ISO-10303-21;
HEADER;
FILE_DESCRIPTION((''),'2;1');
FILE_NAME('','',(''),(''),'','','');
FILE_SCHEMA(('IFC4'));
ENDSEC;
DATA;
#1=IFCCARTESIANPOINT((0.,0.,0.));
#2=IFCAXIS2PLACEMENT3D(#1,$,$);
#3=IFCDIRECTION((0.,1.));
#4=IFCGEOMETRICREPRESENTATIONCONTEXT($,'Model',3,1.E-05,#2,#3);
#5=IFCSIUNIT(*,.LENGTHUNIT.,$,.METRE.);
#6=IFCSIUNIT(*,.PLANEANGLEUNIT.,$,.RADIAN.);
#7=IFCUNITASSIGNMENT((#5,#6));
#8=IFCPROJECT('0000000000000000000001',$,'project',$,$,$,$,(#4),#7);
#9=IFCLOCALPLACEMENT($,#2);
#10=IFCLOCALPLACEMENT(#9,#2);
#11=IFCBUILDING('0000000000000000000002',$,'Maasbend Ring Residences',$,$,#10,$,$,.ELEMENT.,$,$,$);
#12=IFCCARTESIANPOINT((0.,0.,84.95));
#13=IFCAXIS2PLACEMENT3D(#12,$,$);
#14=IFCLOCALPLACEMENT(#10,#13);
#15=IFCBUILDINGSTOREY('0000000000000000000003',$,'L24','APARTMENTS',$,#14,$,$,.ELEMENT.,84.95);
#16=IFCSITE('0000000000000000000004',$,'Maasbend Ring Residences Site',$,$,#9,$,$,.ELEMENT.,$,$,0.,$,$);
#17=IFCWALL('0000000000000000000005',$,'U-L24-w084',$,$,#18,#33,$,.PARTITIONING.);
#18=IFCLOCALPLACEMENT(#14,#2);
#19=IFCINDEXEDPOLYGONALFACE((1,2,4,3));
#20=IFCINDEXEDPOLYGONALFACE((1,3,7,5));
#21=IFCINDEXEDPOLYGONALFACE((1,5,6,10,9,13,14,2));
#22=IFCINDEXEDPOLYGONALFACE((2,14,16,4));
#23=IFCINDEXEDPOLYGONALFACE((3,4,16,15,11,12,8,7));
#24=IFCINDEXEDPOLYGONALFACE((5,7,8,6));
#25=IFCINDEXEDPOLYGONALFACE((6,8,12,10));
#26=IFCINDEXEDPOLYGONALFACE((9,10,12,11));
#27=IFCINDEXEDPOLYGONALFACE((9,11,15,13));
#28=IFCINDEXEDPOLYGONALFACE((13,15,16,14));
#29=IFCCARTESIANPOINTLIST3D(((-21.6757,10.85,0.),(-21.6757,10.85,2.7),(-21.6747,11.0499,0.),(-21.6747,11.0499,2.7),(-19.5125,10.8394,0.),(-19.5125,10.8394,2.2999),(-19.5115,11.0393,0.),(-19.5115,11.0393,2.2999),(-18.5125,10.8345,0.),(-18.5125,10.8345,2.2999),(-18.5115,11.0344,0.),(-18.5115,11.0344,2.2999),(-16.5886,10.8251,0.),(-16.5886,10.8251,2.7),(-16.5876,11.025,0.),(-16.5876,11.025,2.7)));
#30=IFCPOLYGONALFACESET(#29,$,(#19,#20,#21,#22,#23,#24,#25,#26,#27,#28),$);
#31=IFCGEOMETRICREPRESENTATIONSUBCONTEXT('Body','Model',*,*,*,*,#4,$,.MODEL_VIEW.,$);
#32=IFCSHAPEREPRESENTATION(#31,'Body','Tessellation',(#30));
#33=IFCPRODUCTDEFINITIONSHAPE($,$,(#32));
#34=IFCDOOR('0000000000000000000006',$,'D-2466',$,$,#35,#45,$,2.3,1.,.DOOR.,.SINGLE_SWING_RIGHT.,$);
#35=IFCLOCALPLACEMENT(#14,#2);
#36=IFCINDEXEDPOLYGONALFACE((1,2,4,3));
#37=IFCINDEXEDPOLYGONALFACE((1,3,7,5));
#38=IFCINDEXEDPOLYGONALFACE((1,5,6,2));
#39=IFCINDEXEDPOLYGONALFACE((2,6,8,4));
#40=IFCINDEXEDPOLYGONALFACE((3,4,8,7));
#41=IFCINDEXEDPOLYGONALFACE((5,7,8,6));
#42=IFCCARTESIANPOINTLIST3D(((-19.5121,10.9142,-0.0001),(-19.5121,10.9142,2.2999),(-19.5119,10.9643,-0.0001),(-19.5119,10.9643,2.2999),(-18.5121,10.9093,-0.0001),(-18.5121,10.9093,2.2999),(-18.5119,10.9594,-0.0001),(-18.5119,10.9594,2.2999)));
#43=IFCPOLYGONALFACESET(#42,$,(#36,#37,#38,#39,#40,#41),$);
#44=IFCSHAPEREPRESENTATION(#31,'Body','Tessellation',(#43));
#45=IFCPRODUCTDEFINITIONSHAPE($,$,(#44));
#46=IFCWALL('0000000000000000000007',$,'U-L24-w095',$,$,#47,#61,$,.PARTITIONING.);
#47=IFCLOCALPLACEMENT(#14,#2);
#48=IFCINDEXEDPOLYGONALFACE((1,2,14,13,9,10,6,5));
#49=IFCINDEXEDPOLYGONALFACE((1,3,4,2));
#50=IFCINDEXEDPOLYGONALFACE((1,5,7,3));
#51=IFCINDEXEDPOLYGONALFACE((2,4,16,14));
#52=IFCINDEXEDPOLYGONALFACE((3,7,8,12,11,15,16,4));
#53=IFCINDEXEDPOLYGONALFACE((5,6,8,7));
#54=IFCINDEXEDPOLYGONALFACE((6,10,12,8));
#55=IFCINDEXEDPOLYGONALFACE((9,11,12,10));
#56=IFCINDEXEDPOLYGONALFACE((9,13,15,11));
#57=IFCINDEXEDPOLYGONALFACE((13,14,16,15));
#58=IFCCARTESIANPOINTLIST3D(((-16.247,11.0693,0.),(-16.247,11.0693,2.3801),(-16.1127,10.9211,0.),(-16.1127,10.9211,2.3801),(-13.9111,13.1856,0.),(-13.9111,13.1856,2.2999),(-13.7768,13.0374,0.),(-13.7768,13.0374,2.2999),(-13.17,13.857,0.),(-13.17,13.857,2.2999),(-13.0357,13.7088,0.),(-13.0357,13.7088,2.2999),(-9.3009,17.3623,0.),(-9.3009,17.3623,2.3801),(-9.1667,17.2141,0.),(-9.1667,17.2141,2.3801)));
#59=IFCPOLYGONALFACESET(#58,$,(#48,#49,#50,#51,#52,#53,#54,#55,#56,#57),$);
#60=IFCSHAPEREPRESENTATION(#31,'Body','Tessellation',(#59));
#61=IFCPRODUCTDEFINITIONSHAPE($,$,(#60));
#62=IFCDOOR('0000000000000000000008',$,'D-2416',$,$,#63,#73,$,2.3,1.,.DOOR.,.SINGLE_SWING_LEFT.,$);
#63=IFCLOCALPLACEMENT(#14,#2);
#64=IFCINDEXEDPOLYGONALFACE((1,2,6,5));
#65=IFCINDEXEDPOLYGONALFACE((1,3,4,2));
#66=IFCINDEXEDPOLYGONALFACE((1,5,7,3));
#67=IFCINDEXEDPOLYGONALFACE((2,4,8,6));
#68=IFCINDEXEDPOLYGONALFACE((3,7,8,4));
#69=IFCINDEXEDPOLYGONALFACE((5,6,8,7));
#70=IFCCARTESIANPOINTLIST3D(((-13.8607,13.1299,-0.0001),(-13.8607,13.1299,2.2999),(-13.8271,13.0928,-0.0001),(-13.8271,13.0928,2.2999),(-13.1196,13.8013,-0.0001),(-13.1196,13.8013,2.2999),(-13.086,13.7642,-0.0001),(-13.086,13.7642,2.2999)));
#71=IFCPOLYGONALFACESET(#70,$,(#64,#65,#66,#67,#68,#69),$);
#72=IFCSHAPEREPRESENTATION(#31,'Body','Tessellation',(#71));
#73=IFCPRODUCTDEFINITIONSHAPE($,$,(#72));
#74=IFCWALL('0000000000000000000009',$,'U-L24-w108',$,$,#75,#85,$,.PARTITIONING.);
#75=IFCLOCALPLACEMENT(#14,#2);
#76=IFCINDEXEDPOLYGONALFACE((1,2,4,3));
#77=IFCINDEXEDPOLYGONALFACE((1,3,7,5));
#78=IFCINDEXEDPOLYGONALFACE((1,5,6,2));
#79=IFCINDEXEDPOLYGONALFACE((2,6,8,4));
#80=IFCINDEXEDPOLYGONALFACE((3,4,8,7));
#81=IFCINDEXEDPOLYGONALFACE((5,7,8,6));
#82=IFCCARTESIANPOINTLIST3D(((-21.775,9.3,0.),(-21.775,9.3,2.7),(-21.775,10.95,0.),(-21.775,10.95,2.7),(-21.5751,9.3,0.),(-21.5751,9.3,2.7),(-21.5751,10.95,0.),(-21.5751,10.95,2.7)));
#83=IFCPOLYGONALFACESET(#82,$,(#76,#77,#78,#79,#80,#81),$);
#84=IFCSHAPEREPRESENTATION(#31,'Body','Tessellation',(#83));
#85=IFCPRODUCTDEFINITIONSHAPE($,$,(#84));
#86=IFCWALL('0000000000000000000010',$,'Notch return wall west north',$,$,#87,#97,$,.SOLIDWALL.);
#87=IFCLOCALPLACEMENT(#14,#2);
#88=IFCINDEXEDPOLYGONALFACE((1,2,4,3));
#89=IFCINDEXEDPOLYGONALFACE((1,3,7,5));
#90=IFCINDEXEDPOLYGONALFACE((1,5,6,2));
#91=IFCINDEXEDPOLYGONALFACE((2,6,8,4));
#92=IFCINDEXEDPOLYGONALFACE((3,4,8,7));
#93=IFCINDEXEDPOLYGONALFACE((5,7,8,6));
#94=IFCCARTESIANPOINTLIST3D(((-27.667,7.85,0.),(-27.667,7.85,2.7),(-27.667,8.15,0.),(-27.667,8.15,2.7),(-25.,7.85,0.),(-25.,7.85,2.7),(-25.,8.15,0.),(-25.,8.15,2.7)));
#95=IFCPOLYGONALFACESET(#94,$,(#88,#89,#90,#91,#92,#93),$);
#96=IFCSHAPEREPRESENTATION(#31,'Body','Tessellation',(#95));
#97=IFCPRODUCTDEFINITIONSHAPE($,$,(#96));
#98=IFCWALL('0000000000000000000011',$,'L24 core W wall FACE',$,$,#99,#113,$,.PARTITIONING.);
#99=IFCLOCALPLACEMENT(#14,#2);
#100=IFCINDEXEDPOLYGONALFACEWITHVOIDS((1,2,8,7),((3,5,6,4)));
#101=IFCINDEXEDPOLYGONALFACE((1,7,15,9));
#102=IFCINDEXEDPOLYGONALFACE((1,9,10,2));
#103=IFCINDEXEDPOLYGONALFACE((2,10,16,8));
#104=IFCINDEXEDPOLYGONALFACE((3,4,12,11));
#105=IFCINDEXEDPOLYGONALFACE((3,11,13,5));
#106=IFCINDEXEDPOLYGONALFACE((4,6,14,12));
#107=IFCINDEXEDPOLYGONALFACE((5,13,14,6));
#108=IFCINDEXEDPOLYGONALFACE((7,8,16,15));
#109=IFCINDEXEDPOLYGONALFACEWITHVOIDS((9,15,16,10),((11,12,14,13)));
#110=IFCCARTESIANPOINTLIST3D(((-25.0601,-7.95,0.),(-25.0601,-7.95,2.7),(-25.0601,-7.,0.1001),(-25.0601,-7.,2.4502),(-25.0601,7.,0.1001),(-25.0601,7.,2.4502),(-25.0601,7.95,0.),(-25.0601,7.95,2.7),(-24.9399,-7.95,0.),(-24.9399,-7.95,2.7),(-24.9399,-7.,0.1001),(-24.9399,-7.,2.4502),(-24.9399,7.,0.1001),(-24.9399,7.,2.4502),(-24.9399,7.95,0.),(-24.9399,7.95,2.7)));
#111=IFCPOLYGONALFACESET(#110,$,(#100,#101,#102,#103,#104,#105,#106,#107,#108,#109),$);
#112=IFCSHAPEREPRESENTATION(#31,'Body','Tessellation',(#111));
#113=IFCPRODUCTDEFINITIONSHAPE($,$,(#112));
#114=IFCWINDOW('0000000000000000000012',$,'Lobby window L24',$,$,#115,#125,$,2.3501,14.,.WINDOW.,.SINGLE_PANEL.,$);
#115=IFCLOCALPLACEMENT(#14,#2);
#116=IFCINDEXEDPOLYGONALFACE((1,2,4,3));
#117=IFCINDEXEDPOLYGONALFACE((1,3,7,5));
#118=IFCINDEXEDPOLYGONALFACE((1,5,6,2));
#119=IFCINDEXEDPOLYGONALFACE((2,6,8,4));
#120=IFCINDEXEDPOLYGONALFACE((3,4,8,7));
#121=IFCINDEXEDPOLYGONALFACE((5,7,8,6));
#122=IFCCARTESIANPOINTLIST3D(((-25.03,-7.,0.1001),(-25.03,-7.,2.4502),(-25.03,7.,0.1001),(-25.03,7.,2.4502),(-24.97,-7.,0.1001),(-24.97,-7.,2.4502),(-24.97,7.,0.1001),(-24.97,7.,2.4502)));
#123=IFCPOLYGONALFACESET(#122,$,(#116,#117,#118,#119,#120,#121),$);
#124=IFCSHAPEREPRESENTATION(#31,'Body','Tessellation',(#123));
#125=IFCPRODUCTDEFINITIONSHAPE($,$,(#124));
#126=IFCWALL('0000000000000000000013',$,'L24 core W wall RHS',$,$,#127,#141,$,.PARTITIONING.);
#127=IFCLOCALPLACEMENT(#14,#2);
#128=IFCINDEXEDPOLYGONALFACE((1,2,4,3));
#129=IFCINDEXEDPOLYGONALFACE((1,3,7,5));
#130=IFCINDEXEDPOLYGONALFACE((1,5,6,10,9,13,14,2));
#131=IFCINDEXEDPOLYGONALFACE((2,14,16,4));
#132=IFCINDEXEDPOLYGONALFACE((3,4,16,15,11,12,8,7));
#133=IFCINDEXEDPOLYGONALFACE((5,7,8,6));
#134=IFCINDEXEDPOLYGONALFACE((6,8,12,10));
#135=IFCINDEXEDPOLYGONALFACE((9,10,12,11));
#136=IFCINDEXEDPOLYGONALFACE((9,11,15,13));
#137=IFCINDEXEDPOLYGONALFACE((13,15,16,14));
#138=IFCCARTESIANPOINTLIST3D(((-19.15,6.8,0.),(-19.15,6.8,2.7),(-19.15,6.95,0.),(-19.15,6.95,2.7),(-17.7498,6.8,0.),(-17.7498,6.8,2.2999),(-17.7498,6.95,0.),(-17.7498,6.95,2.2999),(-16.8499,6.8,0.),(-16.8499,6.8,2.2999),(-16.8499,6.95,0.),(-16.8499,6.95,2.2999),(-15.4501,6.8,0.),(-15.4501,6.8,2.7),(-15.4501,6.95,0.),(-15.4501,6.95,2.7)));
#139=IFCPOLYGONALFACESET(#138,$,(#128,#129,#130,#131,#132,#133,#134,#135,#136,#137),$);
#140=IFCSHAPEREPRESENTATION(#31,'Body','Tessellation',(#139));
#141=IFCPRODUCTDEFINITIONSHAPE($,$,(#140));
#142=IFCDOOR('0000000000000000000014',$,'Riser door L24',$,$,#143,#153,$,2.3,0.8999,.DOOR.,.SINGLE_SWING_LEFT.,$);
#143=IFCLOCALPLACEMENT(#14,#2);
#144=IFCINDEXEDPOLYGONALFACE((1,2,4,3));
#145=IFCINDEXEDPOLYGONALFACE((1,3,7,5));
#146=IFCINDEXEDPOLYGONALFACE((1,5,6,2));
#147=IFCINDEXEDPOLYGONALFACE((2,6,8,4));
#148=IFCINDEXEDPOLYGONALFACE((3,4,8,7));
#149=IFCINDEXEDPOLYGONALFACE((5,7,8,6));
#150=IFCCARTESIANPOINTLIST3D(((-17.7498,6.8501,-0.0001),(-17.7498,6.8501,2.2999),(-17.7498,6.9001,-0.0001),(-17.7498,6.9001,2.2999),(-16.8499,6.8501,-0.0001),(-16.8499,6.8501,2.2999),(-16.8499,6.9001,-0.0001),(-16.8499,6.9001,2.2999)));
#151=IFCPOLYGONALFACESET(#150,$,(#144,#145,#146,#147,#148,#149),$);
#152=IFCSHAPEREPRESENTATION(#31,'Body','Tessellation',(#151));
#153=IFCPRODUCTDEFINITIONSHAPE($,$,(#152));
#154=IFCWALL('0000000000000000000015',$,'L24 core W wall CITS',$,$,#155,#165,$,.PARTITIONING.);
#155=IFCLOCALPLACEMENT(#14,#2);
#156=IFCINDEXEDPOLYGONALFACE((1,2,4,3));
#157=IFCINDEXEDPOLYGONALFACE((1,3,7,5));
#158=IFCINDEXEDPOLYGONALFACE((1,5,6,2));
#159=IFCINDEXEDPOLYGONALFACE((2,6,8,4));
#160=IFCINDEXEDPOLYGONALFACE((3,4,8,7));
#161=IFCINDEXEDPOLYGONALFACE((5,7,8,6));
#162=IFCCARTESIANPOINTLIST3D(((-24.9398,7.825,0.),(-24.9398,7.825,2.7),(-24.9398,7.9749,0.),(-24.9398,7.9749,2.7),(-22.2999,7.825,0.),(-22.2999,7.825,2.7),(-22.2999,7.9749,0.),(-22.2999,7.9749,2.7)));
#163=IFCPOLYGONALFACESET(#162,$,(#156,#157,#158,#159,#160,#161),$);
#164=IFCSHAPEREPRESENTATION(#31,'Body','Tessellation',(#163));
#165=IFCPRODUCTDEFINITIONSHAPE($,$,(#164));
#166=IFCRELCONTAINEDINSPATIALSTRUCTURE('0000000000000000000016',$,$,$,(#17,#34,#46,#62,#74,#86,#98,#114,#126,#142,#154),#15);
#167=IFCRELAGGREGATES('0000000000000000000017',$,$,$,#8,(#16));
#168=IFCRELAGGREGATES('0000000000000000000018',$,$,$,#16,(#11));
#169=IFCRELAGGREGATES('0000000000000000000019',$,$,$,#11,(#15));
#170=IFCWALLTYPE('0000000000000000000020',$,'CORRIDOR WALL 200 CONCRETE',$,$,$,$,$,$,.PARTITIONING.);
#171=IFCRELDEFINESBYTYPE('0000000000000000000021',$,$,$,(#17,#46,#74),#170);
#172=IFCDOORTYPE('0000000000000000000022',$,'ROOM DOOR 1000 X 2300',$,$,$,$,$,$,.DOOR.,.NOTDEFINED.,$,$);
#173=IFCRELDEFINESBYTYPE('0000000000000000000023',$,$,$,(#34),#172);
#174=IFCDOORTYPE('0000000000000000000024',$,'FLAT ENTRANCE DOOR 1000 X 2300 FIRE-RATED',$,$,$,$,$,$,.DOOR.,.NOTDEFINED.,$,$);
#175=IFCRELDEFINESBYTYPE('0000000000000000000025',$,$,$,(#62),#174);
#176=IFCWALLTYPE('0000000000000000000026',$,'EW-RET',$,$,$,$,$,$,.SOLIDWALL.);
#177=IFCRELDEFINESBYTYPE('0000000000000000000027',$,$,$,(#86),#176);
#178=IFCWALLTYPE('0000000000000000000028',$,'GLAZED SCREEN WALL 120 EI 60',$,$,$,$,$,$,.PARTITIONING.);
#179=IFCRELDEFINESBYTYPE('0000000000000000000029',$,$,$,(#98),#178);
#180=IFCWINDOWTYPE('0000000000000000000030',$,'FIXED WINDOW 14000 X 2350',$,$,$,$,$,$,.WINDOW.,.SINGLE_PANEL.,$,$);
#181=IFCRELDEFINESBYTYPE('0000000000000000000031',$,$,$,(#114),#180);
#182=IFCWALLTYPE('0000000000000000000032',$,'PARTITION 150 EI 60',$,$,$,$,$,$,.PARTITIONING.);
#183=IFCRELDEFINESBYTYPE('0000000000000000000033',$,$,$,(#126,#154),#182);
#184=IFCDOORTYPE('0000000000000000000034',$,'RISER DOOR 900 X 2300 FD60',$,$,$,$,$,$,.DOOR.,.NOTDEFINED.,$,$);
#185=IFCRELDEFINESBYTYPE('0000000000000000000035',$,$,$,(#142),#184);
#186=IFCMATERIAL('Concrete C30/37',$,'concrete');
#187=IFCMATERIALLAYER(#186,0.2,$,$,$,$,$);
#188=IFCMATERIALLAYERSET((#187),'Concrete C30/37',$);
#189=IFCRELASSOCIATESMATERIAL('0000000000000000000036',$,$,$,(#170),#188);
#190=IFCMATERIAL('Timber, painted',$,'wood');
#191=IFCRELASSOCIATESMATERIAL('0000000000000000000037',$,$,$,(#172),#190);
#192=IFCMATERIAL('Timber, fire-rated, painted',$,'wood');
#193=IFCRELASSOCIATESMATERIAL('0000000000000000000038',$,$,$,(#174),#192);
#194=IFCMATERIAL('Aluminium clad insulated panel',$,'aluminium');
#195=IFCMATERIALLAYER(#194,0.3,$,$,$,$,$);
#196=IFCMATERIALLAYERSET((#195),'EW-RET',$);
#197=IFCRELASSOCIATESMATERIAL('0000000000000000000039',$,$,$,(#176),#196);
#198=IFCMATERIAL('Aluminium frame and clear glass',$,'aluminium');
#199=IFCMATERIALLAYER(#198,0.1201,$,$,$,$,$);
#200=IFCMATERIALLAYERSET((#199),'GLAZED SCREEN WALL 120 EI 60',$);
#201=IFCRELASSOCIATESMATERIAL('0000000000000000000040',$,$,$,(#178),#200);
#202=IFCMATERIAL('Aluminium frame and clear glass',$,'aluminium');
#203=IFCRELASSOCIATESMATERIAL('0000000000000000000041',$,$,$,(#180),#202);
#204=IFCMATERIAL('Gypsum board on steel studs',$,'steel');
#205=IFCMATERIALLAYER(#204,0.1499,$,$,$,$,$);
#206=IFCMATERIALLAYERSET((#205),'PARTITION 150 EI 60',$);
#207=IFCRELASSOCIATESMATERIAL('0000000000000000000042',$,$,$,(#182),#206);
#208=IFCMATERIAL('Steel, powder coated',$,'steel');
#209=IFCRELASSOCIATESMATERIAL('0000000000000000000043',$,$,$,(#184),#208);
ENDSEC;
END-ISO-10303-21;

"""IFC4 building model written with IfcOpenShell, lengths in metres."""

from ifc_helpers import new_model, si_unit, direction, frame, frame_2d, origin, place, context, subcontext, project, spatial, rectangle, extrude, material, layer, layer_set, type_object, element, fill, save


model = new_model("IFC4")

# Units and contexts
model_context = context("Model", 3, precision=1e-05, world=origin(), true_north=direction((0.0, 1.0)))
body_context = subcontext(model_context, "Body", "Model", "MODEL_VIEW")
ifc_project = project(units=[si_unit("LENGTHUNIT", "METRE"), si_unit("PLANEANGLEUNIT", "RADIAN")], contexts=[model_context])

# Site, building, storey
site_placement = place(None, origin())
site = spatial("IfcSite", under=ifc_project, at=site_placement, Name="Maasbend Ring Residences Site", CompositionType="ELEMENT", RefElevation=0.0)
building_placement = place(site_placement, origin())
building = spatial("IfcBuilding", under=site, at=building_placement, Name="Maasbend Ring Residences", CompositionType="ELEMENT")
storey_placement = place(building_placement, frame((0.0, 0.0, 84.95)))
storey = spatial("IfcBuildingStorey", under=building, at=storey_placement, Name="L24", Description="APARTMENTS", CompositionType="ELEMENT", Elevation=84.95)

# Walls, openings, doors
ifc_material_1 = material(Name="Concrete C30/37", Category="concrete")
ifc_layer_1 = layer(ifc_material_1, 0.2)
ifc_layer_set_1 = layer_set([ifc_layer_1], Name="Concrete C30/37")
wall_type_1 = type_object("IfcWallType", Name="CORRIDOR WALL 200 CONCRETE", PredefinedType="PARTITIONING", material=ifc_layer_set_1)
wall_1_placement = place(storey_placement, frame((-21.675, 10.95, 0.0), z_axis=(0.0, 0.0, 1.0), x_axis=(0.999988, -0.004895, 0.0)))
wall_1 = element("IfcWall", 1, at=wall_1_placement, inside=storey, type_object=wall_type_1, Name="U-L24-w084", PredefinedType="PARTITIONING", context=body_context, shape_type="SweptSolid", body=[
    extrude(rectangle(XDim=5.0872, YDim=0.2, at=frame_2d((2.5435, 0.0))), origin(), (0.0, 0.0, 1.0), 2.7),
])
opening_1_placement = place(wall_1_placement, frame((2.1631, 0.0, 0.0)))
opening_1 = element("IfcOpeningElement", 2, at=opening_1_placement, cuts=wall_1, PredefinedType="OPENING", context=body_context, shape_type="SweptSolid", body=[
    extrude(rectangle(XDim=1.0, YDim=2.3, at=frame_2d((0.5, 1.1499))), frame((0.0, 0.1099, 0.0), z_axis=(0.0, -1.0, 0.0), x_axis=(1.0, 0.0, 0.0)), (0.0, 0.0, 1.0), 0.22),
])
ifc_material_2 = material(Name="Timber, painted", Category="wood")
door_type_1 = type_object("IfcDoorType", Name="ROOM DOOR 1000 X 2300", OperationType="NOTDEFINED", PredefinedType="DOOR", material=ifc_material_2)
door_1_placement = place(opening_1_placement, origin())
door_1 = element("IfcDoor", 3, at=door_1_placement, inside=storey, type_object=door_type_1, Name="D-2466", OperationType="SINGLE_SWING_RIGHT", OverallHeight=2.3, OverallWidth=1.0, PredefinedType="DOOR", context=body_context, shape_type="SweptSolid", body=[
    extrude(rectangle(XDim=1.0, YDim=2.3, at=frame_2d((0.5, 1.1499))), frame((0.0, 0.0249, 0.0), z_axis=(0.0, -1.0, 0.0), x_axis=(1.0, 0.0, 0.0)), (0.0, 0.0, 1.0), 0.05),
])
fill(opening_1, door_1)
wall_2_placement = place(storey_placement, frame((-16.1799, 10.9951, 0.0), z_axis=(0.0, 0.0, 1.0), x_axis=(0.741087, 0.671409, 0.0)))
wall_2 = element("IfcWall", 4, at=wall_2_placement, inside=storey, type_object=wall_type_1, Name="U-L24-w095", PredefinedType="PARTITIONING", context=body_context, shape_type="SweptSolid", body=[
    extrude(rectangle(XDim=9.3728, YDim=0.2, at=frame_2d((4.6865, 0.0))), origin(), (0.0, 0.0, 1.0), 2.3801),
])
opening_2_placement = place(wall_2_placement, frame((3.1521, 0.0, 0.0)))
opening_2 = element("IfcOpeningElement", 5, at=opening_2_placement, cuts=wall_2, PredefinedType="OPENING", context=body_context, shape_type="SweptSolid", body=[
    extrude(rectangle(XDim=1.0, YDim=2.3, at=frame_2d((0.5, 1.1499))), frame((0.0, 0.1099, 0.0), z_axis=(0.0, -1.0, 0.0), x_axis=(1.0, 0.0, 0.0)), (0.0, 0.0, 1.0), 0.22),
])
ifc_material_3 = material(Name="Timber, fire-rated, painted", Category="wood")
door_type_2 = type_object("IfcDoorType", Name="FLAT ENTRANCE DOOR 1000 X 2300 FIRE-RATED", OperationType="NOTDEFINED", PredefinedType="DOOR", material=ifc_material_3)
door_2_placement = place(opening_2_placement, origin())
door_2 = element("IfcDoor", 6, at=door_2_placement, inside=storey, type_object=door_type_2, Name="D-2416", OperationType="SINGLE_SWING_LEFT", OverallHeight=2.3, OverallWidth=1.0, PredefinedType="DOOR", context=body_context, shape_type="SweptSolid", body=[
    extrude(rectangle(XDim=1.0, YDim=2.3, at=frame_2d((0.5, 1.1499))), frame((0.0, 0.0249, 0.0), z_axis=(0.0, -1.0, 0.0), x_axis=(1.0, 0.0, 0.0)), (0.0, 0.0, 1.0), 0.05),
])
fill(opening_2, door_2)

# Walls
wall_3_placement = place(storey_placement, frame((-21.675, 9.3, 0.0), z_axis=(0.0, 0.0, 1.0), x_axis=(0.0, 1.0, 0.0)))
element("IfcWall", 7, at=wall_3_placement, inside=storey, type_object=wall_type_1, Name="U-L24-w108", PredefinedType="PARTITIONING", context=body_context, shape_type="SweptSolid", body=[
    extrude(rectangle(XDim=1.6499, YDim=0.2, at=frame_2d((0.825, 0.0))), origin(), (0.0, 0.0, 1.0), 2.7),
])
ifc_material_4 = material(Name="Aluminium clad insulated panel", Category="aluminium")
ifc_layer_2 = layer(ifc_material_4, 0.3)
ifc_layer_set_2 = layer_set([ifc_layer_2], Name="EW-RET")
wall_type_2 = type_object("IfcWallType", Name="EW-RET", PredefinedType="SOLIDWALL", material=ifc_layer_set_2)
wall_4_placement = place(storey_placement, frame((-25.0, 8.0, 0.0), z_axis=(0.0, 0.0, 1.0), x_axis=(-1.0, 0.0, 0.0)))
element("IfcWall", 8, at=wall_4_placement, inside=storey, type_object=wall_type_2, Name="Notch return wall west north", PredefinedType="SOLIDWALL", context=body_context, shape_type="SweptSolid", body=[
    extrude(rectangle(XDim=2.667, YDim=0.3, at=frame_2d((1.3335, 0.0))), origin(), (0.0, 0.0, 1.0), 2.7),
])

# Wall, opening, window
ifc_material_5 = material(Name="Aluminium frame and clear glass", Category="aluminium")
ifc_layer_3 = layer(ifc_material_5, 0.1201)
ifc_layer_set_3 = layer_set([ifc_layer_3], Name="GLAZED SCREEN WALL 120 EI 60")
wall_type_3 = type_object("IfcWallType", Name="GLAZED SCREEN WALL 120 EI 60", PredefinedType="PARTITIONING", material=ifc_layer_set_3)
wall_5_placement = place(storey_placement, frame((-25.0, 7.95, 0.0), z_axis=(0.0, 0.0, 1.0), x_axis=(0.0, -1.0, 0.0)))
wall_5 = element("IfcWall", 9, at=wall_5_placement, inside=storey, type_object=wall_type_3, Name="L24 core W wall FACE", PredefinedType="PARTITIONING", context=body_context, shape_type="SweptSolid", body=[
    extrude(rectangle(XDim=15.8999, YDim=0.1201, at=frame_2d((7.95, 0.0))), origin(), (0.0, 0.0, 1.0), 2.7),
])
opening_3_placement = place(wall_5_placement, frame((0.95, 0.0, 0.1001)))
opening_3 = element("IfcOpeningElement", 10, at=opening_3_placement, cuts=wall_5, PredefinedType="OPENING", context=body_context, shape_type="SweptSolid", body=[
    extrude(rectangle(XDim=14.0, YDim=2.3501, at=frame_2d((7.0, 1.175))), frame((0.0, 0.0701, 0.0), z_axis=(0.0, -1.0, 0.0), x_axis=(1.0, 0.0, 0.0)), (0.0, 0.0, 1.0), 0.1401),
])
ifc_material_6 = material(Name="Aluminium frame and clear glass", Category="aluminium")
window_type = type_object("IfcWindowType", Name="FIXED WINDOW 14000 X 2350", PartitioningType="SINGLE_PANEL", PredefinedType="WINDOW", material=ifc_material_6)
window_placement = place(opening_3_placement, origin())
window = element("IfcWindow", 11, at=window_placement, inside=storey, type_object=window_type, Name="Lobby window L24", OverallHeight=2.3501, OverallWidth=14.0, PartitioningType="SINGLE_PANEL", PredefinedType="WINDOW", context=body_context, shape_type="SweptSolid", body=[
    extrude(rectangle(XDim=14.0, YDim=2.3501, at=frame_2d((7.0, 1.175))), frame((0.0, 0.03, 0.0), z_axis=(0.0, -1.0, 0.0), x_axis=(1.0, 0.0, 0.0)), (0.0, 0.0, 1.0), 0.0601),
])
fill(opening_3, window)

# Wall, opening, door
ifc_material_7 = material(Name="Gypsum board on steel studs", Category="steel")
ifc_layer_4 = layer(ifc_material_7, 0.1499)
ifc_layer_set_4 = layer_set([ifc_layer_4], Name="PARTITION 150 EI 60")
wall_type_4 = type_object("IfcWallType", Name="PARTITION 150 EI 60", PredefinedType="PARTITIONING", material=ifc_layer_set_4)
wall_6_placement = place(storey_placement, frame((-15.45, 6.875, 0.0), z_axis=(0.0, 0.0, 1.0), x_axis=(-1.0, 0.0, 0.0)))
wall_6 = element("IfcWall", 12, at=wall_6_placement, inside=storey, type_object=wall_type_4, Name="L24 core W wall RHS", PredefinedType="PARTITIONING", context=body_context, shape_type="SweptSolid", body=[
    extrude(rectangle(XDim=3.7, YDim=0.1499, at=frame_2d((1.8501, 0.0))), origin(), (0.0, 0.0, 1.0), 2.7),
])
opening_4_placement = place(wall_6_placement, frame((1.3999, 0.0, 0.0)))
opening_4 = element("IfcOpeningElement", 13, at=opening_4_placement, cuts=wall_6, PredefinedType="OPENING", context=body_context, shape_type="SweptSolid", body=[
    extrude(rectangle(XDim=0.8999, YDim=2.3, at=frame_2d((0.45, 1.1499))), frame((0.0, 0.085, 0.0), z_axis=(0.0, -1.0, 0.0), x_axis=(1.0, 0.0, 0.0)), (0.0, 0.0, 1.0), 0.1699),
])
ifc_material_8 = material(Name="Steel, powder coated", Category="steel")
door_type_3 = type_object("IfcDoorType", Name="RISER DOOR 900 X 2300 FD60", OperationType="NOTDEFINED", PredefinedType="DOOR", material=ifc_material_8)
door_3_placement = place(opening_4_placement, origin())
door_3 = element("IfcDoor", 14, at=door_3_placement, inside=storey, type_object=door_type_3, Name="Riser door L24", OperationType="SINGLE_SWING_LEFT", OverallHeight=2.3, OverallWidth=0.8999, PredefinedType="DOOR", context=body_context, shape_type="SweptSolid", body=[
    extrude(rectangle(XDim=0.8999, YDim=2.3, at=frame_2d((0.45, 1.1499))), frame((0.0, 0.0249, 0.0), z_axis=(0.0, -1.0, 0.0), x_axis=(1.0, 0.0, 0.0)), (0.0, 0.0, 1.0), 0.05),
])
fill(opening_4, door_3)

# Wall
wall_7_placement = place(storey_placement, frame((-22.3, 7.8999, 0.0), z_axis=(0.0, 0.0, 1.0), x_axis=(-1.0, 0.0, 0.0)))
element("IfcWall", 15, at=wall_7_placement, inside=storey, type_object=wall_type_4, Name="L24 core W wall CITS", PredefinedType="PARTITIONING", context=body_context, shape_type="SweptSolid", body=[
    extrude(rectangle(XDim=2.6399, YDim=0.1499, at=frame_2d((1.3198, 0.0))), origin(), (0.0, 0.0, 1.0), 2.7),
])

save(model, "model.ifc")
